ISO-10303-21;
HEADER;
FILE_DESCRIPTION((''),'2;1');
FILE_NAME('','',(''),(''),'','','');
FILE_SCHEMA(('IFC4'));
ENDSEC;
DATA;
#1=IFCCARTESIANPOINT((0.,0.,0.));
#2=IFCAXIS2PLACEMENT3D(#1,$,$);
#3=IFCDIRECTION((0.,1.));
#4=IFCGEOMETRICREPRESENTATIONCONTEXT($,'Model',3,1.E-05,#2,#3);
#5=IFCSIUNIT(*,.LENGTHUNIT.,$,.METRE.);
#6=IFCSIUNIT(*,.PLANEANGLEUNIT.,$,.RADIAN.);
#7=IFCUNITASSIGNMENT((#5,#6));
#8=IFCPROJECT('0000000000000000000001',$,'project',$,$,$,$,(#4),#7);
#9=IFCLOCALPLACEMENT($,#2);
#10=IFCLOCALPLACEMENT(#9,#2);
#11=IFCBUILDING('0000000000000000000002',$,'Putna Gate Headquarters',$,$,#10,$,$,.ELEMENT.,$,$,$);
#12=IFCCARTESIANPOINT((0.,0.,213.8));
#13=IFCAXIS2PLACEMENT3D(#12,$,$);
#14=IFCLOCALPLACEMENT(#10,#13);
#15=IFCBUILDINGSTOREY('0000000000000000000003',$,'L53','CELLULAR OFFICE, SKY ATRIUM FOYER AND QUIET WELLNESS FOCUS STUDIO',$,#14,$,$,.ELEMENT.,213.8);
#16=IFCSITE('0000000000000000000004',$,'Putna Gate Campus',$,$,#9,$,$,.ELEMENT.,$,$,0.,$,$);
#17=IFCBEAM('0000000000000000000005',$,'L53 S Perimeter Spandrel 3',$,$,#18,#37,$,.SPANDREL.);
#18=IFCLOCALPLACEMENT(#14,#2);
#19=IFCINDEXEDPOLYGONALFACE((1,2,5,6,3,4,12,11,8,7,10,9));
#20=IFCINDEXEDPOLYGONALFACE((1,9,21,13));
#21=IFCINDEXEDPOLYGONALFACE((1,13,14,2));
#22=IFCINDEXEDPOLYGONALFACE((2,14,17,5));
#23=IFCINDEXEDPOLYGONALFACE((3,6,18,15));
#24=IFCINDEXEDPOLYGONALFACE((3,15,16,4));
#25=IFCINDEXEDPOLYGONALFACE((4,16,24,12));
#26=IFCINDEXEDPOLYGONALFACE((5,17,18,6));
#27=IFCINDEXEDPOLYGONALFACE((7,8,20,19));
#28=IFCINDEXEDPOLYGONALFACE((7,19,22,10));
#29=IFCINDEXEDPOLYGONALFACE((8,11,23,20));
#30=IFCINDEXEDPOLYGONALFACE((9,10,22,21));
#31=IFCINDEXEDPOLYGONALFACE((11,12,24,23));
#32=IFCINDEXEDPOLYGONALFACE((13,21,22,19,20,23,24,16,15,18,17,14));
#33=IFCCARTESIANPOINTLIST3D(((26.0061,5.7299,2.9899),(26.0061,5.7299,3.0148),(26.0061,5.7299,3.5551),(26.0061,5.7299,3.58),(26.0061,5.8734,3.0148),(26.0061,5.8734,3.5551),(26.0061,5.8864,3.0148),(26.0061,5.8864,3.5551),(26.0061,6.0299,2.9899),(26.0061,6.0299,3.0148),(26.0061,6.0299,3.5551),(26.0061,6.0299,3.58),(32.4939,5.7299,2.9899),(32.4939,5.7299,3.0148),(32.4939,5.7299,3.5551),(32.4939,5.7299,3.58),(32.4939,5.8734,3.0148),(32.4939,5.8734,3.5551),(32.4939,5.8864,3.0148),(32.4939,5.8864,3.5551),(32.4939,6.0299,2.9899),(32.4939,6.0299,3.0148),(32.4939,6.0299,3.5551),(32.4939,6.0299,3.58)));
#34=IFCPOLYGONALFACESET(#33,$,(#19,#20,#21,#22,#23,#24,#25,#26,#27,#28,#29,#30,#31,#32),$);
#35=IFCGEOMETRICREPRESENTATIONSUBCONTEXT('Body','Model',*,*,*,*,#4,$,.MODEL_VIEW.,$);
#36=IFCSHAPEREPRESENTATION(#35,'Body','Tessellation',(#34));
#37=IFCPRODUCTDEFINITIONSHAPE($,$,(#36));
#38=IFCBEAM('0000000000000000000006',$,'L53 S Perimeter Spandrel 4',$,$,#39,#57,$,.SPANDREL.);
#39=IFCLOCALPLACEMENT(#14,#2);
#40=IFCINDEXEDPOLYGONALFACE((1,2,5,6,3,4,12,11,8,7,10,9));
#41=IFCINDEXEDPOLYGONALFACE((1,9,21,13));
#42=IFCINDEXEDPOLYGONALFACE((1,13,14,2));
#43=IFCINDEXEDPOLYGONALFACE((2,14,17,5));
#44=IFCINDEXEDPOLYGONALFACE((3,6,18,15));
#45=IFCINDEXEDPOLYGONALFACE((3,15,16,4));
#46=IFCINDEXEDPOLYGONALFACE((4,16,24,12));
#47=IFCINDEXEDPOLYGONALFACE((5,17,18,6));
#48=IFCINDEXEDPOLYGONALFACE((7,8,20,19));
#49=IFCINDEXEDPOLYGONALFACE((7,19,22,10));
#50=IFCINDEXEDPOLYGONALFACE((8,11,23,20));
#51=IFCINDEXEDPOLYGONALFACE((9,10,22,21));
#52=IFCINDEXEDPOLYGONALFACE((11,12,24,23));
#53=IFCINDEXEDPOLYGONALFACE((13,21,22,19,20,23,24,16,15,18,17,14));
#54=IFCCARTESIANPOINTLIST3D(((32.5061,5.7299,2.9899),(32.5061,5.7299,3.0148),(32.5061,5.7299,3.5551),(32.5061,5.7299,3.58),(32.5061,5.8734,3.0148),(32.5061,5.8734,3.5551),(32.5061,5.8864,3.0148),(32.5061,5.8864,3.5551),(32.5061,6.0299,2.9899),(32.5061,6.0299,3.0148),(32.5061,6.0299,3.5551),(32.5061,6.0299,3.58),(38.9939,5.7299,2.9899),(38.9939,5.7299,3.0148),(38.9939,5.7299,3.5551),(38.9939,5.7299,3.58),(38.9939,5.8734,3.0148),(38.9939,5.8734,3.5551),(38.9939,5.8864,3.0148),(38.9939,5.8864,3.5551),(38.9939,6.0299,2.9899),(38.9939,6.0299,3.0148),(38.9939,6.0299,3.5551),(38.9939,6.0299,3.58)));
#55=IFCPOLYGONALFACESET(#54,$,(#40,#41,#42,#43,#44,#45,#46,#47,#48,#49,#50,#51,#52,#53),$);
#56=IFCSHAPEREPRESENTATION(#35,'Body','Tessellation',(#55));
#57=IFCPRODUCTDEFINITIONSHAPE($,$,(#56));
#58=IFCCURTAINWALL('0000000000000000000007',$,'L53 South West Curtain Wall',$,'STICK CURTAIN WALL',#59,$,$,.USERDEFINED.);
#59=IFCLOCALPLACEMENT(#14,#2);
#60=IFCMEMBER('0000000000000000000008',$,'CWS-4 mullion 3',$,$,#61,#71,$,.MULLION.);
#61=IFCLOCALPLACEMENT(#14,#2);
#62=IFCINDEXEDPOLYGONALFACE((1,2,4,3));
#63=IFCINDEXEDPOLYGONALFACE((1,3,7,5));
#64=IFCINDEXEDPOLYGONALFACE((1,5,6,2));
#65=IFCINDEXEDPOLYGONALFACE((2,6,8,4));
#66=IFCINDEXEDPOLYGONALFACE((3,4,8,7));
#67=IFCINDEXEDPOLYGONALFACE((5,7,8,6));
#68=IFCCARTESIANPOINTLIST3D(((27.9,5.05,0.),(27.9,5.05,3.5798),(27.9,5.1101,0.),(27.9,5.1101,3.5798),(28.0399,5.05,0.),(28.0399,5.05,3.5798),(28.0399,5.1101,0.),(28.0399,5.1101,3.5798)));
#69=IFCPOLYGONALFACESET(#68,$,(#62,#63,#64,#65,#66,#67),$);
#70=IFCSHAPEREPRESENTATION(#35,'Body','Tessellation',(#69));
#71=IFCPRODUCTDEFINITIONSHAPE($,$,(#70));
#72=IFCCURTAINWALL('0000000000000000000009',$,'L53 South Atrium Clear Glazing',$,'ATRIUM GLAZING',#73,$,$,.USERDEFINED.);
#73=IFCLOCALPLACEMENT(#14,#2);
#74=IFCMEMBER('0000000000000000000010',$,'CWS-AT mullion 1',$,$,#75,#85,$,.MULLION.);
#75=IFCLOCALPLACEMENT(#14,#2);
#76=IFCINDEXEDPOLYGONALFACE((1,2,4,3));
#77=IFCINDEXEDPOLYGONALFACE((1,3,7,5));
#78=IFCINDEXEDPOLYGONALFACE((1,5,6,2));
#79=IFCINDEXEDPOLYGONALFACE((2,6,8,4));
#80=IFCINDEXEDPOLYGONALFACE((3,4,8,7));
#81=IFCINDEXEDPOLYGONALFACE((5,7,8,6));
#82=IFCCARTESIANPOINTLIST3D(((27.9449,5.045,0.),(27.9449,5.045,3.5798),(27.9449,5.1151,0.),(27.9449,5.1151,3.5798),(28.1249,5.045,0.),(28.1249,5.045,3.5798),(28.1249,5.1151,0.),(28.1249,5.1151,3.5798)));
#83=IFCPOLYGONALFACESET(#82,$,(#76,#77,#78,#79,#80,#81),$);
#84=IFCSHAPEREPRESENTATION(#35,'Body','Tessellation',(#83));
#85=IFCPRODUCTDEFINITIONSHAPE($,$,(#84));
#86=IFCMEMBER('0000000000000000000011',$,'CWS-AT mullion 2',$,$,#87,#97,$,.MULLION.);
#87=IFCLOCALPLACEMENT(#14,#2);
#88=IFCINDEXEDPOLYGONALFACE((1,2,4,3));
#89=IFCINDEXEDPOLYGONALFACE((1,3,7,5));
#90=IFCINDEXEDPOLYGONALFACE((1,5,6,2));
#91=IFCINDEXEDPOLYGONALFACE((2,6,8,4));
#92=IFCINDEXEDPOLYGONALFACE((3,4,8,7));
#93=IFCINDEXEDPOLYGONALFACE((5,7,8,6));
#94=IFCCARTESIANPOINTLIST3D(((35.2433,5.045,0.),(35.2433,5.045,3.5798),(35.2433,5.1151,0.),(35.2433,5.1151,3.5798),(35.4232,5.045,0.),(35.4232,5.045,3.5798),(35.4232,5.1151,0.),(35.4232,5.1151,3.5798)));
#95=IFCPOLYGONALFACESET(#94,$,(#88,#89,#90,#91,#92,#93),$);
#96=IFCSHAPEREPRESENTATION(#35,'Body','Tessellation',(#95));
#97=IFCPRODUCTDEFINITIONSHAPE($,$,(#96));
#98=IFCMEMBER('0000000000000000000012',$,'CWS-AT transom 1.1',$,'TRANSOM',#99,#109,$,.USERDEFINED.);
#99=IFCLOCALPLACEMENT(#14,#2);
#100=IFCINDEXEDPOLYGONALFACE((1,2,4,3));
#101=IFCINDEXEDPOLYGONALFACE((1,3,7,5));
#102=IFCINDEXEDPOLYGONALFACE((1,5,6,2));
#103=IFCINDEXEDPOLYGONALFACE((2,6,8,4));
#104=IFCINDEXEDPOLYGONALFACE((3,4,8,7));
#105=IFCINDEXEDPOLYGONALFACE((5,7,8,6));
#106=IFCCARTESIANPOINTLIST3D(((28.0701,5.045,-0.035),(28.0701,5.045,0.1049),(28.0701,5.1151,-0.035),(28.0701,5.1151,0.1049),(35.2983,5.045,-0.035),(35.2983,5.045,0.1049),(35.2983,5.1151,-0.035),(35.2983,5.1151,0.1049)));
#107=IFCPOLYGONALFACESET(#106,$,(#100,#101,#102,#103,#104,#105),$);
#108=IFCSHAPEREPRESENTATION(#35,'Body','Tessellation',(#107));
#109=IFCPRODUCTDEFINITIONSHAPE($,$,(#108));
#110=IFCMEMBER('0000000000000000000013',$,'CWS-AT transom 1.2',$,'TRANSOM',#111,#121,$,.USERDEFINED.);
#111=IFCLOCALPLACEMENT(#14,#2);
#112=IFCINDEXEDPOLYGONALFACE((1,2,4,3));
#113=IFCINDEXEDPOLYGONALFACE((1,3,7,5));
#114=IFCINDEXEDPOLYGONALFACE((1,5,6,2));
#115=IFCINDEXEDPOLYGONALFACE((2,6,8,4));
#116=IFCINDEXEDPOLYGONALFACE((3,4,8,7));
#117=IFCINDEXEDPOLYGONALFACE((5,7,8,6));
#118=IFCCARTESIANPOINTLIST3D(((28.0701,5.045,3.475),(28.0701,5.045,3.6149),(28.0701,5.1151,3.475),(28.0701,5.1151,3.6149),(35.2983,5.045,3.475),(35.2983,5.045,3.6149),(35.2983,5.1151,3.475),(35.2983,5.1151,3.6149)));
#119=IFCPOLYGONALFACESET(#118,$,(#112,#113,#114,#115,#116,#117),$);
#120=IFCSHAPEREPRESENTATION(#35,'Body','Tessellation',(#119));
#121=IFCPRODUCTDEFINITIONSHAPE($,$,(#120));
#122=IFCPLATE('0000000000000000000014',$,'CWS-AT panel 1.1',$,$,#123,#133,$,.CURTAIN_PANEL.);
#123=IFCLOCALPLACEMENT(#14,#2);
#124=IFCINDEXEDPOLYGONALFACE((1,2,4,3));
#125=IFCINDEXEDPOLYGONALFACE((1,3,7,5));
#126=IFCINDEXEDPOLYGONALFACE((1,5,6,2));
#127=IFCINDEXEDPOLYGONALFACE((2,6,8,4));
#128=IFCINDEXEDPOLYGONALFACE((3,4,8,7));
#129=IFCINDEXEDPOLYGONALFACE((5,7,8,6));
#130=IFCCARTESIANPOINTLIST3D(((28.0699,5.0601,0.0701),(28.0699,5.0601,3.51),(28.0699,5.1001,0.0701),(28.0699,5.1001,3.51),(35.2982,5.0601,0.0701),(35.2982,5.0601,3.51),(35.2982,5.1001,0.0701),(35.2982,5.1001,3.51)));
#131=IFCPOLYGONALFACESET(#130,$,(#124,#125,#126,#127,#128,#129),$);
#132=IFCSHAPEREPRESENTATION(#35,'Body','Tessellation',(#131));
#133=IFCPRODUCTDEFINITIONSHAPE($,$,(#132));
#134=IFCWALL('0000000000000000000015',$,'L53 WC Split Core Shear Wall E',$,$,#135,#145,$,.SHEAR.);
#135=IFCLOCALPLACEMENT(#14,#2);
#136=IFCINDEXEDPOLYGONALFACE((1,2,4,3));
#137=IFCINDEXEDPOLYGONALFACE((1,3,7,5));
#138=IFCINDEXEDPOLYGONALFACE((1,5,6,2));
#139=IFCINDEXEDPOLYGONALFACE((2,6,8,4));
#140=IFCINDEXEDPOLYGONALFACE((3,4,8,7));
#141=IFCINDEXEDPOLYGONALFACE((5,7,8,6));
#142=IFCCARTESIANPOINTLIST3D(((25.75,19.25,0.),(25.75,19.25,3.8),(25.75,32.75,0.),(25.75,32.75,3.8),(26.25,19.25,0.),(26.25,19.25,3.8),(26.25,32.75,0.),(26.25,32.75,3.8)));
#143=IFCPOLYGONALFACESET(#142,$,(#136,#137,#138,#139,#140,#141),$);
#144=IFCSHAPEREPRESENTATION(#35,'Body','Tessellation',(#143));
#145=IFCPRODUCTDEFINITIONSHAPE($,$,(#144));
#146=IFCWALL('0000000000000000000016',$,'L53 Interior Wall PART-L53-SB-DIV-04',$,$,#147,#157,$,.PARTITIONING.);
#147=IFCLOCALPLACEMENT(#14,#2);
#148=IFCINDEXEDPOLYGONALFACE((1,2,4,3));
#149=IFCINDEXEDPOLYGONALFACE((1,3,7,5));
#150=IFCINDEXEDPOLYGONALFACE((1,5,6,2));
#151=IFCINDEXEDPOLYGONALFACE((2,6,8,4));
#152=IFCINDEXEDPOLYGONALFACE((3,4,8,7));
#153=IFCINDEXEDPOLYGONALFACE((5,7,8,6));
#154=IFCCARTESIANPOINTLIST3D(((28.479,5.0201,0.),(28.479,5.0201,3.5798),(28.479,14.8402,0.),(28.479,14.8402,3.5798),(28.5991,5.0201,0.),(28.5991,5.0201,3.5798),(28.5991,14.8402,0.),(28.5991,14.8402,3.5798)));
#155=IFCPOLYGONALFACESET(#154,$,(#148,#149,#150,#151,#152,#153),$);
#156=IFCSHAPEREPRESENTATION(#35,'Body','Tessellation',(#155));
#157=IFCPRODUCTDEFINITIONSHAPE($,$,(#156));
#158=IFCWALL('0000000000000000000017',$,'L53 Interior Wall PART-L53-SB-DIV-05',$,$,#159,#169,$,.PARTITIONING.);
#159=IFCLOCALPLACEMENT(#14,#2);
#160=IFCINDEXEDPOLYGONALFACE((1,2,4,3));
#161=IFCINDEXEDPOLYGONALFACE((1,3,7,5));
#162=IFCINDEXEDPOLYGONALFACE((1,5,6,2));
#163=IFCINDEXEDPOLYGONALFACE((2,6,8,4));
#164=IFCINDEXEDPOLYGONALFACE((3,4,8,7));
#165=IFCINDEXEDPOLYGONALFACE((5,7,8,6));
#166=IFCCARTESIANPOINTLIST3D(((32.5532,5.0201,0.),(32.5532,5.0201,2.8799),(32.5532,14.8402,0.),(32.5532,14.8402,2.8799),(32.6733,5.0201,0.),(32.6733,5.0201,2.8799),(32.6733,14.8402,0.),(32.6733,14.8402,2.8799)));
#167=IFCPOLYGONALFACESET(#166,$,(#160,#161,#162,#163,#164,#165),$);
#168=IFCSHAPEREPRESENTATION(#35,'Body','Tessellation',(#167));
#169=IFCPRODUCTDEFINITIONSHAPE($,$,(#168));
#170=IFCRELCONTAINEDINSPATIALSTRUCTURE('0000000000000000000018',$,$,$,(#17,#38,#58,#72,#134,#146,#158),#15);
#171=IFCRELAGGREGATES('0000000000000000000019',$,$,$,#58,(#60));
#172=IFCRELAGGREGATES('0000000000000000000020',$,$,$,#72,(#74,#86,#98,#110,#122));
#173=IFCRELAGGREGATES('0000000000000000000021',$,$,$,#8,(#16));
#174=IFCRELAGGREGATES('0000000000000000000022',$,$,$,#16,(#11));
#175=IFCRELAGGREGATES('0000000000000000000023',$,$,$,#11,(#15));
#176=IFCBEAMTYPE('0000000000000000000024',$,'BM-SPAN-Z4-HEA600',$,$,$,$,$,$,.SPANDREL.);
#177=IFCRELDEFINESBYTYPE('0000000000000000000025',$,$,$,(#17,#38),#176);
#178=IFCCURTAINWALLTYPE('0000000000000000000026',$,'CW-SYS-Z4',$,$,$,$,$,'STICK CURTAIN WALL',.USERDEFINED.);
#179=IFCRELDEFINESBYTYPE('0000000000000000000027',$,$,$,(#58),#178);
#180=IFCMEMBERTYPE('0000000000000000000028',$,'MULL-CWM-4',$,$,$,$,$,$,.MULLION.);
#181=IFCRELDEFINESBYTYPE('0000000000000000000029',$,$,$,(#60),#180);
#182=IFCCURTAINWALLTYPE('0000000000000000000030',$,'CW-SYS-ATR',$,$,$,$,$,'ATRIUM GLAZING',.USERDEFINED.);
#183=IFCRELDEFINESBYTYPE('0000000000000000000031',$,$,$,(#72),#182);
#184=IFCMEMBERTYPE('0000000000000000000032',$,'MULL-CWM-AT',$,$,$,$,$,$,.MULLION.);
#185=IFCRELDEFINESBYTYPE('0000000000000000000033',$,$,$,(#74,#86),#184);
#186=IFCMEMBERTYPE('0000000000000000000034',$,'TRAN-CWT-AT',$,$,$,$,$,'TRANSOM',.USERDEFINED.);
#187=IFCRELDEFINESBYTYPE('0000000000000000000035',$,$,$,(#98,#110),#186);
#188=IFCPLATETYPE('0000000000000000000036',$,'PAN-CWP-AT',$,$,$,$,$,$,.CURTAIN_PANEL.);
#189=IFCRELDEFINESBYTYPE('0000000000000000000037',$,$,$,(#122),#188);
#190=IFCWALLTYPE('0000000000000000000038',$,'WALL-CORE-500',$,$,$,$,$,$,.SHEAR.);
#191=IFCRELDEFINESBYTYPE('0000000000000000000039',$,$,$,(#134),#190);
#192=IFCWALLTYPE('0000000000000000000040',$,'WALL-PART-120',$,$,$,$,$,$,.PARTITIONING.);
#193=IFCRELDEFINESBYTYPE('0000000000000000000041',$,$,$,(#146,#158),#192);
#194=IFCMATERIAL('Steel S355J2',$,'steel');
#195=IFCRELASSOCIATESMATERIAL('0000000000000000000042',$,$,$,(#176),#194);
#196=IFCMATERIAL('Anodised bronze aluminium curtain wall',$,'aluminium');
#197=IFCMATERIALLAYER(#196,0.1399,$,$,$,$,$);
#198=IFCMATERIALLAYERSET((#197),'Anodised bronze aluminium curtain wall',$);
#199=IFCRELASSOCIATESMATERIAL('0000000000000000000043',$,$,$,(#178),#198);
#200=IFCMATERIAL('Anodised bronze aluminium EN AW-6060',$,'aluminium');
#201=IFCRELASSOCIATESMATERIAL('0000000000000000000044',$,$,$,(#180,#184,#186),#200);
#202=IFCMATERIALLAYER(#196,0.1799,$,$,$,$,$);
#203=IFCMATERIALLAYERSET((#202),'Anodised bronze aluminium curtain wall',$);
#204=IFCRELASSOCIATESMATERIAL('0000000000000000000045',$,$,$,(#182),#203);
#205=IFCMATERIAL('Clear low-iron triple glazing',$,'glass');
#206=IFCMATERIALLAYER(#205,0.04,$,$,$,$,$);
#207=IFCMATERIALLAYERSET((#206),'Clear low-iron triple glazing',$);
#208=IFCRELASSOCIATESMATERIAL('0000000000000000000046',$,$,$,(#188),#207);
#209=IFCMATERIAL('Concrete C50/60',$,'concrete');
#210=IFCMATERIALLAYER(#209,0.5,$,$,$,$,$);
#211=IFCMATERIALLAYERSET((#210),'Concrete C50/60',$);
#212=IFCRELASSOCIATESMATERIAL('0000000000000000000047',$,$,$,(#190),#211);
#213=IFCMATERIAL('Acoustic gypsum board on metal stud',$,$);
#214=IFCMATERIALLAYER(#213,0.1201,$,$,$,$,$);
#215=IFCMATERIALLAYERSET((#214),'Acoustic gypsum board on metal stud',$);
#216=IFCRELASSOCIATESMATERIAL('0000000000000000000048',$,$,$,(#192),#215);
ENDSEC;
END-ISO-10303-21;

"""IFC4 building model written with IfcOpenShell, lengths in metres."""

from ifc_helpers import new_model, si_unit, direction, frame, frame_2d, origin, origin_2d, place, context, subcontext, project, spatial, rectangle, i_section, extrude, material, layer, layer_set, material_profile, profile_set, type_object, element, aggregate, save


model = new_model("IFC4")

# Units and contexts
model_context = context("Model", 3, precision=1e-05, world=origin(), true_north=direction((0.0, 1.0)))
body_context = subcontext(model_context, "Body", "Model", "MODEL_VIEW")
ifc_project = project(units=[si_unit("LENGTHUNIT", "METRE"), si_unit("PLANEANGLEUNIT", "RADIAN")], contexts=[model_context])

# Site, building, storey
site_placement = place(None, origin())
site = spatial("IfcSite", under=ifc_project, at=site_placement, Name="Putna Gate Campus", CompositionType="ELEMENT", RefElevation=0.0)
building_placement = place(site_placement, origin())
building = spatial("IfcBuilding", under=site, at=building_placement, Name="Putna Gate Headquarters", CompositionType="ELEMENT")
storey_placement = place(building_placement, frame((0.0, 0.0, 213.8)))
storey = spatial("IfcBuildingStorey", under=building, at=storey_placement, Name="L53", Description="CELLULAR OFFICE, SKY ATRIUM FOYER AND QUIET WELLNESS FOCUS STUDIO", CompositionType="ELEMENT", Elevation=213.8)

# Beams
ifc_material_1 = material(Name="Steel S355J2", Category="steel")
ifc_material_profile_1 = material_profile(ifc_material_1, i_section(OverallWidth=0.3, OverallDepth=0.5901, WebThickness=0.0129, FlangeThickness=0.0249, at=origin_2d()), Name="Steel S355J2")
ifc_profile_set_1 = profile_set([ifc_material_profile_1], Name="Steel S355J2")
beam_type_1 = type_object("IfcBeamType", Name="BM-SPAN-Z4-HEA600", PredefinedType="SPANDREL", material=ifc_profile_set_1)
for number, where, z_axis, x_axis, name in (
    (1, (26.0061, 5.8799, 3.2849), (1.0, 0.0, 0.0), (0.0, 1.0, 0.0), "L53 S Perimeter Spandrel 3"),
    (2, (32.5061, 5.8799, 3.2849), (1.0, 0.0, 0.0), (0.0, 1.0, 0.0), "L53 S Perimeter Spandrel 4"),
):
    element("IfcBeam", number, at=place(storey_placement, frame(where, z_axis=z_axis, x_axis=x_axis)), inside=storey, type_object=beam_type_1, Name=name, PredefinedType="SPANDREL", context=body_context, shape_type="SweptSolid", body=[
        extrude(i_section(OverallWidth=0.3, OverallDepth=0.5901, WebThickness=0.0129, FlangeThickness=0.0249, at=origin_2d()), origin(), (0.0, 0.0, 1.0), 6.4878),
    ])

# Curtain wall, member
ifc_material_2 = material(Name="Anodised bronze aluminium curtain wall", Category="aluminium")
ifc_layer_1 = layer(ifc_material_2, 0.1399)
ifc_layer_set_1 = layer_set([ifc_layer_1], Name="Anodised bronze aluminium curtain wall")
curtain_wall_type_1 = type_object("IfcCurtainWallType", Name="CW-SYS-Z4", ElementType="STICK CURTAIN WALL", PredefinedType="USERDEFINED", material=ifc_layer_set_1)
curtain_wall_1_placement = place(storey_placement, origin())
curtain_wall_1 = element("IfcCurtainWall", 3, at=curtain_wall_1_placement, inside=storey, type_object=curtain_wall_type_1, Name="L53 South West Curtain Wall", ObjectType="STICK CURTAIN WALL", PredefinedType="USERDEFINED")
ifc_material_3 = material(Name="Anodised bronze aluminium EN AW-6060", Category="aluminium")
ifc_material_profile_2 = material_profile(ifc_material_3, rectangle(XDim=0.0601, YDim=0.1399, at=origin_2d()), Name="Anodised bronze aluminium EN AW-6060")
ifc_profile_set_2 = profile_set([ifc_material_profile_2], Name="Anodised bronze aluminium EN AW-6060")
member_type_1 = type_object("IfcMemberType", Name="MULL-CWM-4", PredefinedType="MULLION", material=ifc_profile_set_2)
member_1_placement = place(storey_placement, frame((27.97, 5.0801, 0.0), z_axis=(0.0, 0.0, 1.0), x_axis=(0.0, 1.0, 0.0)))
member_1 = element("IfcMember", 4, at=member_1_placement, type_object=member_type_1, Name="CWS-4 mullion 3", PredefinedType="MULLION", context=body_context, shape_type="SweptSolid", body=[
    extrude(rectangle(XDim=0.0601, YDim=0.1399, at=origin_2d()), origin(), (0.0, 0.0, 1.0), 3.5798),
])
aggregate(curtain_wall_1, [member_1])

# Curtain wall, members, plate
ifc_layer_2 = layer(ifc_material_2, 0.1799)
ifc_layer_set_2 = layer_set([ifc_layer_2], Name="Anodised bronze aluminium curtain wall")
curtain_wall_type_2 = type_object("IfcCurtainWallType", Name="CW-SYS-ATR", ElementType="ATRIUM GLAZING", PredefinedType="USERDEFINED", material=ifc_layer_set_2)
curtain_wall_2_placement = place(storey_placement, origin())
curtain_wall_2 = element("IfcCurtainWall", 5, at=curtain_wall_2_placement, inside=storey, type_object=curtain_wall_type_2, Name="L53 South Atrium Clear Glazing", ObjectType="ATRIUM GLAZING", PredefinedType="USERDEFINED")
ifc_material_profile_3 = material_profile(ifc_material_3, rectangle(XDim=0.0701, YDim=0.1799, at=origin_2d()), Name="Anodised bronze aluminium EN AW-6060")
ifc_profile_set_3 = profile_set([ifc_material_profile_3], Name="Anodised bronze aluminium EN AW-6060")
member_type_2 = type_object("IfcMemberType", Name="MULL-CWM-AT", PredefinedType="MULLION", material=ifc_profile_set_3)
member_2_placement = place(storey_placement, frame((28.0349, 5.0801, 0.0), z_axis=(0.0, 0.0, 1.0), x_axis=(0.0, 1.0, 0.0)))
member_2 = element("IfcMember", 6, at=member_2_placement, type_object=member_type_2, Name="CWS-AT mullion 1", PredefinedType="MULLION", context=body_context, shape_type="SweptSolid", body=[
    extrude(rectangle(XDim=0.0701, YDim=0.1799, at=origin_2d()), origin(), (0.0, 0.0, 1.0), 3.5798),
])
member_3_placement = place(storey_placement, frame((35.3333, 5.0801, 0.0), z_axis=(0.0, 0.0, 1.0), x_axis=(0.0, 1.0, 0.0)))
member_3 = element("IfcMember", 7, at=member_3_placement, type_object=member_type_2, Name="CWS-AT mullion 2", PredefinedType="MULLION", context=body_context, shape_type="SweptSolid", body=[
    extrude(rectangle(XDim=0.0701, YDim=0.1799, at=origin_2d()), origin(), (0.0, 0.0, 1.0), 3.5798),
])
ifc_material_profile_4 = material_profile(ifc_material_3, rectangle(XDim=0.0701, YDim=0.1399, at=origin_2d()), Name="Anodised bronze aluminium EN AW-6060")
ifc_profile_set_4 = profile_set([ifc_material_profile_4], Name="Anodised bronze aluminium EN AW-6060")
member_type_3 = type_object("IfcMemberType", Name="TRAN-CWT-AT", ElementType="TRANSOM", PredefinedType="USERDEFINED", material=ifc_profile_set_4)
member_4_placement = place(storey_placement, frame((28.0701, 5.0801, 0.0349), z_axis=(1.0, 0.0, 0.0), x_axis=(0.0, 1.0, 0.0)))
member_4 = element("IfcMember", 8, at=member_4_placement, type_object=member_type_3, Name="CWS-AT transom 1.1", ObjectType="TRANSOM", PredefinedType="USERDEFINED", context=body_context, shape_type="SweptSolid", body=[
    extrude(rectangle(XDim=0.0701, YDim=0.1399, at=origin_2d()), origin(), (0.0, 0.0, 1.0), 7.2283),
])
member_5_placement = place(storey_placement, frame((28.0701, 5.0801, 3.5449), z_axis=(1.0, 0.0, 0.0), x_axis=(0.0, 1.0, 0.0)))
member_5 = element("IfcMember", 9, at=member_5_placement, type_object=member_type_3, Name="CWS-AT transom 1.2", ObjectType="TRANSOM", PredefinedType="USERDEFINED", context=body_context, shape_type="SweptSolid", body=[
    extrude(rectangle(XDim=0.0701, YDim=0.1399, at=origin_2d()), origin(), (0.0, 0.0, 1.0), 7.2283),
])
ifc_material_4 = material(Name="Clear low-iron triple glazing", Category="glass")
ifc_layer_3 = layer(ifc_material_4, 0.04)
ifc_layer_set_3 = layer_set([ifc_layer_3], Name="Clear low-iron triple glazing")
plate_type = type_object("IfcPlateType", Name="PAN-CWP-AT", PredefinedType="CURTAIN_PANEL", material=ifc_layer_set_3)
plate_placement = place(storey_placement, frame((31.6841, 5.0801, 0.0701), z_axis=(0.0, 0.0, 1.0), x_axis=(1.0, 0.0, 0.0)))
plate = element("IfcPlate", 10, at=plate_placement, type_object=plate_type, Name="CWS-AT panel 1.1", PredefinedType="CURTAIN_PANEL", context=body_context, shape_type="SweptSolid", body=[
    extrude(rectangle(XDim=7.2283, YDim=0.04, at=origin_2d()), origin(), (0.0, 0.0, 1.0), 3.4399),
])
aggregate(curtain_wall_2, [member_2, member_3, member_4, member_5, plate])

# Walls
ifc_material_5 = material(Name="Concrete C50/60", Category="concrete")
ifc_layer_4 = layer(ifc_material_5, 0.5)
ifc_layer_set_4 = layer_set([ifc_layer_4], Name="Concrete C50/60")
wall_type_1 = type_object("IfcWallType", Name="WALL-CORE-500", PredefinedType="SHEAR", material=ifc_layer_set_4)
wall_1_placement = place(storey_placement, frame((26.0, 19.25, 0.0), z_axis=(0.0, 0.0, 1.0), x_axis=(0.0, 1.0, 0.0)))
element("IfcWall", 11, at=wall_1_placement, inside=storey, type_object=wall_type_1, Name="L53 WC Split Core Shear Wall E", PredefinedType="SHEAR", context=body_context, shape_type="SweptSolid", body=[
    extrude(rectangle(XDim=13.5, YDim=0.5, at=frame_2d((6.75, 0.0))), origin(), (0.0, 0.0, 1.0), 3.8),
])
ifc_material_6 = material(Name="Acoustic gypsum board on metal stud")
ifc_layer_5 = layer(ifc_material_6, 0.1201)
ifc_layer_set_5 = layer_set([ifc_layer_5], Name="Acoustic gypsum board on metal stud")
wall_type_2 = type_object("IfcWallType", Name="WALL-PART-120", PredefinedType="PARTITIONING", material=ifc_layer_set_5)
wall_2_placement = place(storey_placement, frame((28.5391, 5.02, 0.0), z_axis=(0.0, 0.0, 1.0), x_axis=(0.0, 1.0, 0.0)))
element("IfcWall", 12, at=wall_2_placement, inside=storey, type_object=wall_type_2, Name="L53 Interior Wall PART-L53-SB-DIV-04", PredefinedType="PARTITIONING", context=body_context, shape_type="SweptSolid", body=[
    extrude(rectangle(XDim=9.8201, YDim=0.1201, at=frame_2d((4.9102, 0.0))), origin(), (0.0, 0.0, 1.0), 3.5798),
])
wall_3_placement = place(storey_placement, frame((32.6133, 5.02, 0.0), z_axis=(0.0, 0.0, 1.0), x_axis=(0.0, 1.0, 0.0)))
element("IfcWall", 13, at=wall_3_placement, inside=storey, type_object=wall_type_2, Name="L53 Interior Wall PART-L53-SB-DIV-05", PredefinedType="PARTITIONING", context=body_context, shape_type="SweptSolid", body=[
    extrude(rectangle(XDim=9.8201, YDim=0.1201, at=frame_2d((4.9102, 0.0))), origin(), (0.0, 0.0, 1.0), 2.8799),
])

save(model, "model.ifc")
